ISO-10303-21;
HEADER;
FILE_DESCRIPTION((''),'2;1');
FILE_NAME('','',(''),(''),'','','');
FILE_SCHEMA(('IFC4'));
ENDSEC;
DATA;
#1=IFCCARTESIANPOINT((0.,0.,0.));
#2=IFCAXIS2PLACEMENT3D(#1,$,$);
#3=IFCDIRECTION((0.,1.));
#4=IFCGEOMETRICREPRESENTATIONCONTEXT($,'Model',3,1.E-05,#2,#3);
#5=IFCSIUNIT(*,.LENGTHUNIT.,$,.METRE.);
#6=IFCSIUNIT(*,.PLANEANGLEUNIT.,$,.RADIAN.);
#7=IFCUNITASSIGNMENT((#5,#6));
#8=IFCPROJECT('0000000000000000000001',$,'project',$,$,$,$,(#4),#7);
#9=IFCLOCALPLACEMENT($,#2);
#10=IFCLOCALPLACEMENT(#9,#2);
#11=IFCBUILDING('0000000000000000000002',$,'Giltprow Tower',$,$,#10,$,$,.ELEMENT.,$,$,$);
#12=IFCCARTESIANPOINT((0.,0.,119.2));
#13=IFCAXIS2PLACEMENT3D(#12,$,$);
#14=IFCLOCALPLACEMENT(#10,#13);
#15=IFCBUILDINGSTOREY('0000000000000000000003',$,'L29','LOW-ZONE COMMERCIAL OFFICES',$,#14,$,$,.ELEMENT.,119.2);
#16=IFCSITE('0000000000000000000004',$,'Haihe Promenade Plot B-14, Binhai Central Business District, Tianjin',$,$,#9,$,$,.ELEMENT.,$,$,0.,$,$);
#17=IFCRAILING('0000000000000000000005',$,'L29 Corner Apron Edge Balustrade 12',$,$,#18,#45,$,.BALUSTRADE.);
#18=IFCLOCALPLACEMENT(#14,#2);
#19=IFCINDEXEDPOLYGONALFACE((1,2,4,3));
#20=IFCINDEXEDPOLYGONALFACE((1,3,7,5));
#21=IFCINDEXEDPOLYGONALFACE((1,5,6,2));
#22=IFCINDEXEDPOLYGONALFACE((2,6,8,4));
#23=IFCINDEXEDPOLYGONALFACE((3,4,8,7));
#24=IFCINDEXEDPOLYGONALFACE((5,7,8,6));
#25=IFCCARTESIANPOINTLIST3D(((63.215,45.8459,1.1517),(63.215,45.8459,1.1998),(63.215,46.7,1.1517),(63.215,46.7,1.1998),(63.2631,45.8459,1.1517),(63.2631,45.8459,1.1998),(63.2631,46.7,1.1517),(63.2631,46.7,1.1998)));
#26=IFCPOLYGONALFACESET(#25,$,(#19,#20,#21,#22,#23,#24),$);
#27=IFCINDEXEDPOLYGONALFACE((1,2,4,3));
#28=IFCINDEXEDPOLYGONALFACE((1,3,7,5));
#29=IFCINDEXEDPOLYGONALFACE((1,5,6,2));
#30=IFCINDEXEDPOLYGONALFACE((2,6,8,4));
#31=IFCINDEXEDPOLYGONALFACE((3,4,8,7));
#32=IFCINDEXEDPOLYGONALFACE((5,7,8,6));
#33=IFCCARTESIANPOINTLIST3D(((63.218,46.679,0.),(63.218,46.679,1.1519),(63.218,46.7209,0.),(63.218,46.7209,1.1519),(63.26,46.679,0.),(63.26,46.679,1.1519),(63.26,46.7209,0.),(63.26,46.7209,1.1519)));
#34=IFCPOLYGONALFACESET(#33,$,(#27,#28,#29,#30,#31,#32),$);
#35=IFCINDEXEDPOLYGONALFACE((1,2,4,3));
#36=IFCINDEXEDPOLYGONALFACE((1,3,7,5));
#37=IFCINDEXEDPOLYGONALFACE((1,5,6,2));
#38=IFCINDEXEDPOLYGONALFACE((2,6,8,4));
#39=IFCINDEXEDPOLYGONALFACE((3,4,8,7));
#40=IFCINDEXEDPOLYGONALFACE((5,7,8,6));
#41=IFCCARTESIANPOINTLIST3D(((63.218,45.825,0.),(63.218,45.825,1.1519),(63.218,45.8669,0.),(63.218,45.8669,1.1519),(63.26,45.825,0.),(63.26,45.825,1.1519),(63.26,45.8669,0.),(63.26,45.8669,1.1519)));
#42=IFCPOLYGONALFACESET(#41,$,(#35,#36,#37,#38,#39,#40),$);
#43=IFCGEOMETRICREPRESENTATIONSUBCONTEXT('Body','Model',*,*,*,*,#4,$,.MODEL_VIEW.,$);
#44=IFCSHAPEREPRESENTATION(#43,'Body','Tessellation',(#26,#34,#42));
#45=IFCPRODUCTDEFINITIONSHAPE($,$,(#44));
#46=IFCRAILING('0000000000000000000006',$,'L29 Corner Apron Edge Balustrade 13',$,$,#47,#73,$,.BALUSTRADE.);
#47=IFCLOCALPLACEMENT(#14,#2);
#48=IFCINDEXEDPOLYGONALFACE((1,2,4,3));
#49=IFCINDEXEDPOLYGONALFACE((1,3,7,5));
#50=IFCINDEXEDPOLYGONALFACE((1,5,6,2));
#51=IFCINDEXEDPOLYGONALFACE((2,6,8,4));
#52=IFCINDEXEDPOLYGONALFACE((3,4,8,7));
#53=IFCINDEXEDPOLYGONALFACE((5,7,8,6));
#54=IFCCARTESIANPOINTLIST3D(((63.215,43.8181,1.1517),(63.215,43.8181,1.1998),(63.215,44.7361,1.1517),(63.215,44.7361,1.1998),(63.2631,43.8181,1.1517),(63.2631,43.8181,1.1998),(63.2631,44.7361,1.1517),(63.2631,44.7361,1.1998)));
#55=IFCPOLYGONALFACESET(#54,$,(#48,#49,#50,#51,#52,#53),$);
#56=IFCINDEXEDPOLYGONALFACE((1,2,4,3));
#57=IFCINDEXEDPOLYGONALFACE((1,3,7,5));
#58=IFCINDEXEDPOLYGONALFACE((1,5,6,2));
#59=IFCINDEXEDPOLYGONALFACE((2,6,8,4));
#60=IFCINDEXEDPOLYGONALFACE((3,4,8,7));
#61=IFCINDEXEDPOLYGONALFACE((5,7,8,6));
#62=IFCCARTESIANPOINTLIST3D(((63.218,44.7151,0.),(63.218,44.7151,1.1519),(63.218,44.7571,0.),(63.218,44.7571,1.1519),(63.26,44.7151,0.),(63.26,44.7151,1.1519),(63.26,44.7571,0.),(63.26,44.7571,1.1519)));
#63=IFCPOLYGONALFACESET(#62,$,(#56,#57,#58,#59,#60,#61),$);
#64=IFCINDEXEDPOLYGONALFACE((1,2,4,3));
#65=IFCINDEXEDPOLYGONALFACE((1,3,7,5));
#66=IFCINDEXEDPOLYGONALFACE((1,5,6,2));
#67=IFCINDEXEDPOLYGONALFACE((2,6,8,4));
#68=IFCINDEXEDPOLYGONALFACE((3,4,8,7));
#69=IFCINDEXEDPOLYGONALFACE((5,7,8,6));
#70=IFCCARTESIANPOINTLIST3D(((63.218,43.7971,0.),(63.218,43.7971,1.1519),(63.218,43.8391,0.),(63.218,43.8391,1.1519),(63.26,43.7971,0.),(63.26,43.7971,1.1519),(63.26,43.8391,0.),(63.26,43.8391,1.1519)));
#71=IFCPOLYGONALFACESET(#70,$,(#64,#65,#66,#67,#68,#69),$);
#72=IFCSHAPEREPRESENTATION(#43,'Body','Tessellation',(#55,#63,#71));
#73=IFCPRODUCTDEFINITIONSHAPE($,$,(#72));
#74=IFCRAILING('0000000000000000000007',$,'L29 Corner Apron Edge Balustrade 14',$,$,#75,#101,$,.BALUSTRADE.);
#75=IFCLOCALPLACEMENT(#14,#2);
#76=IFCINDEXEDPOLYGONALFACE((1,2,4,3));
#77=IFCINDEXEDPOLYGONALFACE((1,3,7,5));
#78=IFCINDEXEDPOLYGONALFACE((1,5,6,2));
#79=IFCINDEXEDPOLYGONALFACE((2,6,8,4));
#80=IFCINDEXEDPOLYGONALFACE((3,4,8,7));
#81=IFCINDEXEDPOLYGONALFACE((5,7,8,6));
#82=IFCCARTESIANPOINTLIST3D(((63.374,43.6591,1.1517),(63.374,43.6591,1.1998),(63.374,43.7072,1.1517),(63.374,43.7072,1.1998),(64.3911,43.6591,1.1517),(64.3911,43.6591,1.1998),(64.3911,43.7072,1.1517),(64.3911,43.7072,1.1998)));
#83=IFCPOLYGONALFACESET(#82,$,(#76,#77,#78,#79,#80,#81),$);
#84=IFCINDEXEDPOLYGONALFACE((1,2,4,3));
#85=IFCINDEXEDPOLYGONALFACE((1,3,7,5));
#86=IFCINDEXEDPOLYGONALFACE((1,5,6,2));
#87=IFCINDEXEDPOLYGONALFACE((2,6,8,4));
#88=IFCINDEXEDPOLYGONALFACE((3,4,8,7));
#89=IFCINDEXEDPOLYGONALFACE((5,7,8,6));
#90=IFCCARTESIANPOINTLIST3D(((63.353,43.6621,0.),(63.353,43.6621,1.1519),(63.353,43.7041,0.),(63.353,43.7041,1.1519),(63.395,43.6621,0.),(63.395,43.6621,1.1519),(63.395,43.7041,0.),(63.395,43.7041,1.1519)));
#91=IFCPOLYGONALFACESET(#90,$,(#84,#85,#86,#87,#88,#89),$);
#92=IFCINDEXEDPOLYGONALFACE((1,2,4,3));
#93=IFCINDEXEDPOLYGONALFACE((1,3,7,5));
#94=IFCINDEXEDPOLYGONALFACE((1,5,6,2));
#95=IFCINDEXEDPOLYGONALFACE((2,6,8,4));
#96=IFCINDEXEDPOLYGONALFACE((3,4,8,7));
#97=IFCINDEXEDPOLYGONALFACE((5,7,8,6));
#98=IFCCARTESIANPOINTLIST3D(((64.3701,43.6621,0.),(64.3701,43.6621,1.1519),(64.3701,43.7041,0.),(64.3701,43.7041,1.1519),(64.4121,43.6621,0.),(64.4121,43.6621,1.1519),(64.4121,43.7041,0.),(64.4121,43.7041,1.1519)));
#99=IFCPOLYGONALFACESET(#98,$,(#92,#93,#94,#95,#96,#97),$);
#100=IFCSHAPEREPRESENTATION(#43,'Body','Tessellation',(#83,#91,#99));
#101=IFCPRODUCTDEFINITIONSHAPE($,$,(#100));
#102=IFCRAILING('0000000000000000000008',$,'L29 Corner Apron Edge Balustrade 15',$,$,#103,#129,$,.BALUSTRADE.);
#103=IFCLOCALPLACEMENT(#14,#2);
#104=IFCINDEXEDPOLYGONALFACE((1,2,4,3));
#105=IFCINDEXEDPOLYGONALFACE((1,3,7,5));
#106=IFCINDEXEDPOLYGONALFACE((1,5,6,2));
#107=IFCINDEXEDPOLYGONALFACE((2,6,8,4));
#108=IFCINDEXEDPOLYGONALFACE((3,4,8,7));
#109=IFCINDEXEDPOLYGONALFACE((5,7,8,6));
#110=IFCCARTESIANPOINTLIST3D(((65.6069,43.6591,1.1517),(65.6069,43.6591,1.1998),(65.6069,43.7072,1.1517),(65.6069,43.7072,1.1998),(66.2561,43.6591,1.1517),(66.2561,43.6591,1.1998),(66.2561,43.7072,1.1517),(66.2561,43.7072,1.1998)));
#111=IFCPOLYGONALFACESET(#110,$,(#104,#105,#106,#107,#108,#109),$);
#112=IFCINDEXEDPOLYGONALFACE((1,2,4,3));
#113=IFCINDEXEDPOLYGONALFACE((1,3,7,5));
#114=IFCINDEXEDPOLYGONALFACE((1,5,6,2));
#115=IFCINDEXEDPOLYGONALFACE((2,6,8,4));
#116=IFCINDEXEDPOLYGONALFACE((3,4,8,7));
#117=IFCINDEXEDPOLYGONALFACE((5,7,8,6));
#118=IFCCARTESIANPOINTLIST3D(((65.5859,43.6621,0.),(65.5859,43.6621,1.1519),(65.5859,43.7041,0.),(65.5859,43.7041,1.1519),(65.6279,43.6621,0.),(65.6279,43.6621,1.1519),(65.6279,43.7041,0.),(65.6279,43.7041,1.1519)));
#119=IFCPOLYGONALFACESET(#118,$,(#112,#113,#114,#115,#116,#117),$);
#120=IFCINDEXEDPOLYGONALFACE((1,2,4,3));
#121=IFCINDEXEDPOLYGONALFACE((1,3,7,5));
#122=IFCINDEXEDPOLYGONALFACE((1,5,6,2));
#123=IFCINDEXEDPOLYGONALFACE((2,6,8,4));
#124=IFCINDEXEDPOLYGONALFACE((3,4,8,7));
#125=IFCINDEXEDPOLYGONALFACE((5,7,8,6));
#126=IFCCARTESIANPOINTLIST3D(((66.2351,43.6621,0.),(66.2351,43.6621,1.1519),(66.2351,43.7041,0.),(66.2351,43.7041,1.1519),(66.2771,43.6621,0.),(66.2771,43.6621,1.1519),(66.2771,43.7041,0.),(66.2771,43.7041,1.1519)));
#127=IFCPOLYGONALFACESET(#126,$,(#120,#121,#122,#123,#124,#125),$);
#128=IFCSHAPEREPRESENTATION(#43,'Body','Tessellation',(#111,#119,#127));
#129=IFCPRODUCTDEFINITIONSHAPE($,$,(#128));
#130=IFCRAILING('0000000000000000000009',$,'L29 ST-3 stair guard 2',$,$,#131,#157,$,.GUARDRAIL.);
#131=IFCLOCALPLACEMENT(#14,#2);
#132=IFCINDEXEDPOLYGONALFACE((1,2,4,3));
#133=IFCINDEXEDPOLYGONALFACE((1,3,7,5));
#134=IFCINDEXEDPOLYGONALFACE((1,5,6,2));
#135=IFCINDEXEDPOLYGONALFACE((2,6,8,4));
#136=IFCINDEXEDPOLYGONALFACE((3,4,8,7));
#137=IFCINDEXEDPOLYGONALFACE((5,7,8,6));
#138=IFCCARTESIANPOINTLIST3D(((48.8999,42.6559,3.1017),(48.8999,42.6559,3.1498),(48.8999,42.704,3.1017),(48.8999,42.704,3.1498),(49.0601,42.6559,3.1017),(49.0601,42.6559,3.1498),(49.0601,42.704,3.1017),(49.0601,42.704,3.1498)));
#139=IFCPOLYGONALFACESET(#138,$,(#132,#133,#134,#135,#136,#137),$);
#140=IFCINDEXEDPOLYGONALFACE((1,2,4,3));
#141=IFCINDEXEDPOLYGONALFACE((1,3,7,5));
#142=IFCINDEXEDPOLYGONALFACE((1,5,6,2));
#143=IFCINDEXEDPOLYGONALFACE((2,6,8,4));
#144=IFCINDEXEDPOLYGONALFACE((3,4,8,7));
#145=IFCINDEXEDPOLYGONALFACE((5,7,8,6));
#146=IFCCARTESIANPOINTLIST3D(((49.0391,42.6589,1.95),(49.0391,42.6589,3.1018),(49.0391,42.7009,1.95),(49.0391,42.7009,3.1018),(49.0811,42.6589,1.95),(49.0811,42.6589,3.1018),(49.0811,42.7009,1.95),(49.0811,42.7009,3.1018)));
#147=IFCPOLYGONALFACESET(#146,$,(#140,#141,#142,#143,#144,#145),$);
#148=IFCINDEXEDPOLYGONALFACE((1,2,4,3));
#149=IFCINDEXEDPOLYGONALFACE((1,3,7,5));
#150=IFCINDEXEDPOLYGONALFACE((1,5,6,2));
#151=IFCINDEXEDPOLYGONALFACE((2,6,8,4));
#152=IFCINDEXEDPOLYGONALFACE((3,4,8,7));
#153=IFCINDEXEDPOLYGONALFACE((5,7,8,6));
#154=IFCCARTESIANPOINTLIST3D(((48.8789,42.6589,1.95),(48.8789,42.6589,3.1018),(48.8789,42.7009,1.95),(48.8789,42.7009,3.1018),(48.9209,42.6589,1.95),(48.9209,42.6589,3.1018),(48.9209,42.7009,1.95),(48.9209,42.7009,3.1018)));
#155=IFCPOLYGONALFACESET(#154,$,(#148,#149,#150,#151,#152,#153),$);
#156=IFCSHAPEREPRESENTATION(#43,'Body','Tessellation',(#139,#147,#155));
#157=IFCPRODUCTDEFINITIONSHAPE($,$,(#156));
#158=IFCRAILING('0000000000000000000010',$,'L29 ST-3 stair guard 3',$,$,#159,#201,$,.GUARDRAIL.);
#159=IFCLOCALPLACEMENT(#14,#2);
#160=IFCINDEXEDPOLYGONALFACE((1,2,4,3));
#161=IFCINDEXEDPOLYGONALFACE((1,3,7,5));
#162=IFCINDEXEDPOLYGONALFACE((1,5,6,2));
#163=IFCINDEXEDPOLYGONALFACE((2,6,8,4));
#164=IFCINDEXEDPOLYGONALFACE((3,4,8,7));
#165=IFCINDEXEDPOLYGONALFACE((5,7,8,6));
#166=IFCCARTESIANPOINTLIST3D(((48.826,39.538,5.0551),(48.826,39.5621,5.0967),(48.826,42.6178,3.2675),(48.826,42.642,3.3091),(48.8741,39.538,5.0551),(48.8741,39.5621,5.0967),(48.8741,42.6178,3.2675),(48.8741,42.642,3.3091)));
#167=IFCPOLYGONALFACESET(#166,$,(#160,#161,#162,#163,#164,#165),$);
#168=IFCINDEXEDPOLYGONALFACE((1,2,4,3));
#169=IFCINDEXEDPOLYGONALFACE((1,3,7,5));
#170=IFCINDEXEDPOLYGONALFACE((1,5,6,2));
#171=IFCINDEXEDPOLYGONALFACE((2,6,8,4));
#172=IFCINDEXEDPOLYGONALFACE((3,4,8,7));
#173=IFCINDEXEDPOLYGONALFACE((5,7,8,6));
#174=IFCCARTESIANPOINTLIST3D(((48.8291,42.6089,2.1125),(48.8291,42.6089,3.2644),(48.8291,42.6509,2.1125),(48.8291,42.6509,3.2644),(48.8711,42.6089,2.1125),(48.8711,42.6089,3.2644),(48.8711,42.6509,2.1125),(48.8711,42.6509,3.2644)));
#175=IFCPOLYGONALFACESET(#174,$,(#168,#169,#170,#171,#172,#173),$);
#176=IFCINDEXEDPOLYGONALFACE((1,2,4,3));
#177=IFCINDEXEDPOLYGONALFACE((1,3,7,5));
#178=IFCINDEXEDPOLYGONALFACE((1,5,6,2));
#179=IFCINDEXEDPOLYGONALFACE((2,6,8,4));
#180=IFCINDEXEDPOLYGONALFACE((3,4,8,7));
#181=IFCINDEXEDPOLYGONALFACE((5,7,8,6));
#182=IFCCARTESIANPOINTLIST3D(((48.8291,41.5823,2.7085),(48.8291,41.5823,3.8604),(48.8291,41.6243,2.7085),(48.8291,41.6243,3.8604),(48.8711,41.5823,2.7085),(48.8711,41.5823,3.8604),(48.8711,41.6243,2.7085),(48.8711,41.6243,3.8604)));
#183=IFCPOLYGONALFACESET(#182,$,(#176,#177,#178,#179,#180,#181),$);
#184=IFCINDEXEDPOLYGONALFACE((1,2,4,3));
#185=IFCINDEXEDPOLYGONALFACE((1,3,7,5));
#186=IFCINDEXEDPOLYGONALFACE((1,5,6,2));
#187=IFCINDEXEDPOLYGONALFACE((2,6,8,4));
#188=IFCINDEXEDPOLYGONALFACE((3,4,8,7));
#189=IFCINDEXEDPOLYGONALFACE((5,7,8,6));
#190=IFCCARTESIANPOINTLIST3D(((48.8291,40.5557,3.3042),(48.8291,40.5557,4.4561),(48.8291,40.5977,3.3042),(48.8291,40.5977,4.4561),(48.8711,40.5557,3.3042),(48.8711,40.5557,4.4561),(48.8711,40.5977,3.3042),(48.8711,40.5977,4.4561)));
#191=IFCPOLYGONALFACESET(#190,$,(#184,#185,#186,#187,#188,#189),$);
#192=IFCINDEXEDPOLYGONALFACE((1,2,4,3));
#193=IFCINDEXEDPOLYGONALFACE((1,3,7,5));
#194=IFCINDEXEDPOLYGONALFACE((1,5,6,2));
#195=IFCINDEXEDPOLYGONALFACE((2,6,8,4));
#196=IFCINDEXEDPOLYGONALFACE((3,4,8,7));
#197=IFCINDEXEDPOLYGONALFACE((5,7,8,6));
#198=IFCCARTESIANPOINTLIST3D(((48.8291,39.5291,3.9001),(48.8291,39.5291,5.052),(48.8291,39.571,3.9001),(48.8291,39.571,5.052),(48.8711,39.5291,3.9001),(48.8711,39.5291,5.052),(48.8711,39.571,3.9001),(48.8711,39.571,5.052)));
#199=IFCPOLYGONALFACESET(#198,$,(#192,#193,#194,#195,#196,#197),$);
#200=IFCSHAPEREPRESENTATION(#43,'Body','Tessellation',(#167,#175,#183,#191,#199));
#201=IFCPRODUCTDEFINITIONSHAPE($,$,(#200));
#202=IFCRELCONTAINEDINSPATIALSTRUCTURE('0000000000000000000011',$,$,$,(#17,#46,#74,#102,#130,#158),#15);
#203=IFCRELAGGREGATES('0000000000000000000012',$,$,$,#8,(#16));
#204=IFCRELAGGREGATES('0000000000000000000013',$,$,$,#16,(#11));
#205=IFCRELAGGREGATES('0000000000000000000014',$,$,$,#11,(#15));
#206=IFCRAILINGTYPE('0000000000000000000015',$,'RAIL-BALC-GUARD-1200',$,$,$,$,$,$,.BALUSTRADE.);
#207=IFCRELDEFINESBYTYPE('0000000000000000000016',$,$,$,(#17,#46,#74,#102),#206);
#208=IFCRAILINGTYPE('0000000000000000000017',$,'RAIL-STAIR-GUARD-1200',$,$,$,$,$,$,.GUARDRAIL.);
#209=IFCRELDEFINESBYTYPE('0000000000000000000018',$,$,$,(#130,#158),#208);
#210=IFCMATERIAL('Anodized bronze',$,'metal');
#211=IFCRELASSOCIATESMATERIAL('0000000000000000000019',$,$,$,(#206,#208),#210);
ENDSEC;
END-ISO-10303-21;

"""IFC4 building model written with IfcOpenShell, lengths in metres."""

from ifc_helpers import new_model, si_unit, direction, frame, origin, origin_2d, place, context, subcontext, project, spatial, rectangle, extrude, material, type_object, element, save


model = new_model("IFC4")

# Units and contexts
model_context = context("Model", 3, precision=1e-05, world=origin(), true_north=direction((0.0, 1.0)))
body_context = subcontext(model_context, "Body", "Model", "MODEL_VIEW")
ifc_project = project(units=[si_unit("LENGTHUNIT", "METRE"), si_unit("PLANEANGLEUNIT", "RADIAN")], contexts=[model_context])

# Site, building, storey
site_placement = place(None, origin())
site = spatial("IfcSite", under=ifc_project, at=site_placement, Name="Haihe Promenade Plot B-14, Binhai Central Business District, Tianjin", CompositionType="ELEMENT", RefElevation=0.0)
building_placement = place(site_placement, origin())
building = spatial("IfcBuilding", under=site, at=building_placement, Name="Giltprow Tower", CompositionType="ELEMENT")
storey_placement = place(building_placement, frame((0.0, 0.0, 119.2)))
storey = spatial("IfcBuildingStorey", under=building, at=storey_placement, Name="L29", Description="LOW-ZONE COMMERCIAL OFFICES", CompositionType="ELEMENT", Elevation=119.2)

# Railings
ifc_material_1 = material(Name="Anodized bronze", Category="metal")
railing_type_1 = type_object("IfcRailingType", Name="RAIL-BALC-GUARD-1200", PredefinedType="BALUSTRADE", material=ifc_material_1)
railing_1_placement = place(storey_placement, frame((63.239, 46.7, 0.0)))
element("IfcRailing", 1, at=railing_1_placement, inside=storey, type_object=railing_type_1, Name="L29 Corner Apron Edge Balustrade 12", PredefinedType="BALUSTRADE", context=body_context, shape_type="SweptSolid", body=[
    extrude(rectangle(XDim=0.0481, YDim=0.0481, at=origin_2d()), frame((0.0, 0.0, 1.1758), z_axis=(0.0, -1.0, 0.0), x_axis=(1.0, 0.0, 0.0)), (0.0, 0.0, 1.0), 0.854),
    extrude(rectangle(XDim=0.042, YDim=0.042, at=origin_2d()), origin(), (0.0, 0.0, 1.0), 1.1519),
    extrude(rectangle(XDim=0.042, YDim=0.042, at=origin_2d()), frame((0.0, -0.854, 0.0)), (0.0, 0.0, 1.0), 1.1519),
])
railing_2_placement = place(storey_placement, frame((63.239, 44.7361, 0.0)))
element("IfcRailing", 2, at=railing_2_placement, inside=storey, type_object=railing_type_1, Name="L29 Corner Apron Edge Balustrade 13", PredefinedType="BALUSTRADE", context=body_context, shape_type="SweptSolid", body=[
    extrude(rectangle(XDim=0.0481, YDim=0.0481, at=origin_2d()), frame((0.0, 0.0, 1.1758), z_axis=(0.0, -1.0, 0.0), x_axis=(1.0, 0.0, 0.0)), (0.0, 0.0, 1.0), 0.918),
    extrude(rectangle(XDim=0.042, YDim=0.042, at=origin_2d()), origin(), (0.0, 0.0, 1.0), 1.1519),
    extrude(rectangle(XDim=0.042, YDim=0.042, at=origin_2d()), frame((0.0, -0.918, 0.0)), (0.0, 0.0, 1.0), 1.1519),
])
railing_3_placement = place(storey_placement, frame((63.374, 43.6831, 0.0)))
element("IfcRailing", 3, at=railing_3_placement, inside=storey, type_object=railing_type_1, Name="L29 Corner Apron Edge Balustrade 14", PredefinedType="BALUSTRADE", context=body_context, shape_type="SweptSolid", body=[
    extrude(rectangle(XDim=0.0481, YDim=0.0481, at=origin_2d()), frame((0.0, 0.0, 1.1758), z_axis=(1.0, 0.0, 0.0), x_axis=(0.0, 1.0, 0.0)), (0.0, 0.0, 1.0), 1.0171),
    extrude(rectangle(XDim=0.042, YDim=0.042, at=origin_2d()), origin(), (0.0, 0.0, 1.0), 1.1519),
    extrude(rectangle(XDim=0.042, YDim=0.042, at=origin_2d()), frame((1.0171, 0.0, 0.0)), (0.0, 0.0, 1.0), 1.1519),
])
railing_4_placement = place(storey_placement, frame((65.6069, 43.6831, 0.0)))
element("IfcRailing", 4, at=railing_4_placement, inside=storey, type_object=railing_type_1, Name="L29 Corner Apron Edge Balustrade 15", PredefinedType="BALUSTRADE", context=body_context, shape_type="SweptSolid", body=[
    extrude(rectangle(XDim=0.0481, YDim=0.0481, at=origin_2d()), frame((0.0, 0.0, 1.1758), z_axis=(1.0, 0.0, 0.0), x_axis=(0.0, 1.0, 0.0)), (0.0, 0.0, 1.0), 0.6492),
    extrude(rectangle(XDim=0.042, YDim=0.042, at=origin_2d()), origin(), (0.0, 0.0, 1.0), 1.1519),
    extrude(rectangle(XDim=0.042, YDim=0.042, at=origin_2d()), frame((0.6492, 0.0, 0.0)), (0.0, 0.0, 1.0), 1.1519),
])
railing_type_2 = type_object("IfcRailingType", Name="RAIL-STAIR-GUARD-1200", PredefinedType="GUARDRAIL", material=ifc_material_1)
railing_5_placement = place(storey_placement, frame((49.0601, 42.6799, 1.95)))
element("IfcRailing", 5, at=railing_5_placement, inside=storey, type_object=railing_type_2, Name="L29 ST-3 stair guard 2", PredefinedType="GUARDRAIL", context=body_context, shape_type="SweptSolid", body=[
    extrude(rectangle(XDim=0.0481, YDim=0.0481, at=origin_2d()), frame((0.0, 0.0, 1.1758), z_axis=(-1.0, 0.0, 0.0), x_axis=(0.0, -1.0, 0.0)), (0.0, 0.0, 1.0), 0.1602),
    extrude(rectangle(XDim=0.042, YDim=0.042, at=origin_2d()), origin(), (0.0, 0.0, 1.0), 1.1519),
    extrude(rectangle(XDim=0.042, YDim=0.042, at=origin_2d()), frame((-0.1602, 0.0, 0.0)), (0.0, 0.0, 1.0), 1.1519),
])
railing_6_placement = place(storey_placement, frame((48.8501, 42.6299, 2.1125)))
element("IfcRailing", 6, at=railing_6_placement, inside=storey, type_object=railing_type_2, Name="L29 ST-3 stair guard 3", PredefinedType="GUARDRAIL", context=body_context, shape_type="SweptSolid", body=[
    extrude(rectangle(XDim=0.0481, YDim=0.0481, at=origin_2d()), frame((0.0, 0.0, 1.1758), z_axis=(0.0, -0.864873, 0.50199), x_axis=(1.0, 0.0, 0.0)), (0.0, 0.0, 1.0), 3.561),
    extrude(rectangle(XDim=0.042, YDim=0.042, at=origin_2d()), origin(), (0.0, 0.0, 1.0), 1.1519),
    extrude(rectangle(XDim=0.042, YDim=0.042, at=origin_2d()), frame((0.0, -1.0266, 0.5959)), (0.0, 0.0, 1.0), 1.1519),
    extrude(rectangle(XDim=0.042, YDim=0.042, at=origin_2d()), frame((0.0, -2.0532, 1.1917)), (0.0, 0.0, 1.0), 1.1519),
    extrude(rectangle(XDim=0.042, YDim=0.042, at=origin_2d()), frame((0.0, -3.0798, 1.7876)), (0.0, 0.0, 1.0), 1.1519),
])

save(model, "model.ifc")
